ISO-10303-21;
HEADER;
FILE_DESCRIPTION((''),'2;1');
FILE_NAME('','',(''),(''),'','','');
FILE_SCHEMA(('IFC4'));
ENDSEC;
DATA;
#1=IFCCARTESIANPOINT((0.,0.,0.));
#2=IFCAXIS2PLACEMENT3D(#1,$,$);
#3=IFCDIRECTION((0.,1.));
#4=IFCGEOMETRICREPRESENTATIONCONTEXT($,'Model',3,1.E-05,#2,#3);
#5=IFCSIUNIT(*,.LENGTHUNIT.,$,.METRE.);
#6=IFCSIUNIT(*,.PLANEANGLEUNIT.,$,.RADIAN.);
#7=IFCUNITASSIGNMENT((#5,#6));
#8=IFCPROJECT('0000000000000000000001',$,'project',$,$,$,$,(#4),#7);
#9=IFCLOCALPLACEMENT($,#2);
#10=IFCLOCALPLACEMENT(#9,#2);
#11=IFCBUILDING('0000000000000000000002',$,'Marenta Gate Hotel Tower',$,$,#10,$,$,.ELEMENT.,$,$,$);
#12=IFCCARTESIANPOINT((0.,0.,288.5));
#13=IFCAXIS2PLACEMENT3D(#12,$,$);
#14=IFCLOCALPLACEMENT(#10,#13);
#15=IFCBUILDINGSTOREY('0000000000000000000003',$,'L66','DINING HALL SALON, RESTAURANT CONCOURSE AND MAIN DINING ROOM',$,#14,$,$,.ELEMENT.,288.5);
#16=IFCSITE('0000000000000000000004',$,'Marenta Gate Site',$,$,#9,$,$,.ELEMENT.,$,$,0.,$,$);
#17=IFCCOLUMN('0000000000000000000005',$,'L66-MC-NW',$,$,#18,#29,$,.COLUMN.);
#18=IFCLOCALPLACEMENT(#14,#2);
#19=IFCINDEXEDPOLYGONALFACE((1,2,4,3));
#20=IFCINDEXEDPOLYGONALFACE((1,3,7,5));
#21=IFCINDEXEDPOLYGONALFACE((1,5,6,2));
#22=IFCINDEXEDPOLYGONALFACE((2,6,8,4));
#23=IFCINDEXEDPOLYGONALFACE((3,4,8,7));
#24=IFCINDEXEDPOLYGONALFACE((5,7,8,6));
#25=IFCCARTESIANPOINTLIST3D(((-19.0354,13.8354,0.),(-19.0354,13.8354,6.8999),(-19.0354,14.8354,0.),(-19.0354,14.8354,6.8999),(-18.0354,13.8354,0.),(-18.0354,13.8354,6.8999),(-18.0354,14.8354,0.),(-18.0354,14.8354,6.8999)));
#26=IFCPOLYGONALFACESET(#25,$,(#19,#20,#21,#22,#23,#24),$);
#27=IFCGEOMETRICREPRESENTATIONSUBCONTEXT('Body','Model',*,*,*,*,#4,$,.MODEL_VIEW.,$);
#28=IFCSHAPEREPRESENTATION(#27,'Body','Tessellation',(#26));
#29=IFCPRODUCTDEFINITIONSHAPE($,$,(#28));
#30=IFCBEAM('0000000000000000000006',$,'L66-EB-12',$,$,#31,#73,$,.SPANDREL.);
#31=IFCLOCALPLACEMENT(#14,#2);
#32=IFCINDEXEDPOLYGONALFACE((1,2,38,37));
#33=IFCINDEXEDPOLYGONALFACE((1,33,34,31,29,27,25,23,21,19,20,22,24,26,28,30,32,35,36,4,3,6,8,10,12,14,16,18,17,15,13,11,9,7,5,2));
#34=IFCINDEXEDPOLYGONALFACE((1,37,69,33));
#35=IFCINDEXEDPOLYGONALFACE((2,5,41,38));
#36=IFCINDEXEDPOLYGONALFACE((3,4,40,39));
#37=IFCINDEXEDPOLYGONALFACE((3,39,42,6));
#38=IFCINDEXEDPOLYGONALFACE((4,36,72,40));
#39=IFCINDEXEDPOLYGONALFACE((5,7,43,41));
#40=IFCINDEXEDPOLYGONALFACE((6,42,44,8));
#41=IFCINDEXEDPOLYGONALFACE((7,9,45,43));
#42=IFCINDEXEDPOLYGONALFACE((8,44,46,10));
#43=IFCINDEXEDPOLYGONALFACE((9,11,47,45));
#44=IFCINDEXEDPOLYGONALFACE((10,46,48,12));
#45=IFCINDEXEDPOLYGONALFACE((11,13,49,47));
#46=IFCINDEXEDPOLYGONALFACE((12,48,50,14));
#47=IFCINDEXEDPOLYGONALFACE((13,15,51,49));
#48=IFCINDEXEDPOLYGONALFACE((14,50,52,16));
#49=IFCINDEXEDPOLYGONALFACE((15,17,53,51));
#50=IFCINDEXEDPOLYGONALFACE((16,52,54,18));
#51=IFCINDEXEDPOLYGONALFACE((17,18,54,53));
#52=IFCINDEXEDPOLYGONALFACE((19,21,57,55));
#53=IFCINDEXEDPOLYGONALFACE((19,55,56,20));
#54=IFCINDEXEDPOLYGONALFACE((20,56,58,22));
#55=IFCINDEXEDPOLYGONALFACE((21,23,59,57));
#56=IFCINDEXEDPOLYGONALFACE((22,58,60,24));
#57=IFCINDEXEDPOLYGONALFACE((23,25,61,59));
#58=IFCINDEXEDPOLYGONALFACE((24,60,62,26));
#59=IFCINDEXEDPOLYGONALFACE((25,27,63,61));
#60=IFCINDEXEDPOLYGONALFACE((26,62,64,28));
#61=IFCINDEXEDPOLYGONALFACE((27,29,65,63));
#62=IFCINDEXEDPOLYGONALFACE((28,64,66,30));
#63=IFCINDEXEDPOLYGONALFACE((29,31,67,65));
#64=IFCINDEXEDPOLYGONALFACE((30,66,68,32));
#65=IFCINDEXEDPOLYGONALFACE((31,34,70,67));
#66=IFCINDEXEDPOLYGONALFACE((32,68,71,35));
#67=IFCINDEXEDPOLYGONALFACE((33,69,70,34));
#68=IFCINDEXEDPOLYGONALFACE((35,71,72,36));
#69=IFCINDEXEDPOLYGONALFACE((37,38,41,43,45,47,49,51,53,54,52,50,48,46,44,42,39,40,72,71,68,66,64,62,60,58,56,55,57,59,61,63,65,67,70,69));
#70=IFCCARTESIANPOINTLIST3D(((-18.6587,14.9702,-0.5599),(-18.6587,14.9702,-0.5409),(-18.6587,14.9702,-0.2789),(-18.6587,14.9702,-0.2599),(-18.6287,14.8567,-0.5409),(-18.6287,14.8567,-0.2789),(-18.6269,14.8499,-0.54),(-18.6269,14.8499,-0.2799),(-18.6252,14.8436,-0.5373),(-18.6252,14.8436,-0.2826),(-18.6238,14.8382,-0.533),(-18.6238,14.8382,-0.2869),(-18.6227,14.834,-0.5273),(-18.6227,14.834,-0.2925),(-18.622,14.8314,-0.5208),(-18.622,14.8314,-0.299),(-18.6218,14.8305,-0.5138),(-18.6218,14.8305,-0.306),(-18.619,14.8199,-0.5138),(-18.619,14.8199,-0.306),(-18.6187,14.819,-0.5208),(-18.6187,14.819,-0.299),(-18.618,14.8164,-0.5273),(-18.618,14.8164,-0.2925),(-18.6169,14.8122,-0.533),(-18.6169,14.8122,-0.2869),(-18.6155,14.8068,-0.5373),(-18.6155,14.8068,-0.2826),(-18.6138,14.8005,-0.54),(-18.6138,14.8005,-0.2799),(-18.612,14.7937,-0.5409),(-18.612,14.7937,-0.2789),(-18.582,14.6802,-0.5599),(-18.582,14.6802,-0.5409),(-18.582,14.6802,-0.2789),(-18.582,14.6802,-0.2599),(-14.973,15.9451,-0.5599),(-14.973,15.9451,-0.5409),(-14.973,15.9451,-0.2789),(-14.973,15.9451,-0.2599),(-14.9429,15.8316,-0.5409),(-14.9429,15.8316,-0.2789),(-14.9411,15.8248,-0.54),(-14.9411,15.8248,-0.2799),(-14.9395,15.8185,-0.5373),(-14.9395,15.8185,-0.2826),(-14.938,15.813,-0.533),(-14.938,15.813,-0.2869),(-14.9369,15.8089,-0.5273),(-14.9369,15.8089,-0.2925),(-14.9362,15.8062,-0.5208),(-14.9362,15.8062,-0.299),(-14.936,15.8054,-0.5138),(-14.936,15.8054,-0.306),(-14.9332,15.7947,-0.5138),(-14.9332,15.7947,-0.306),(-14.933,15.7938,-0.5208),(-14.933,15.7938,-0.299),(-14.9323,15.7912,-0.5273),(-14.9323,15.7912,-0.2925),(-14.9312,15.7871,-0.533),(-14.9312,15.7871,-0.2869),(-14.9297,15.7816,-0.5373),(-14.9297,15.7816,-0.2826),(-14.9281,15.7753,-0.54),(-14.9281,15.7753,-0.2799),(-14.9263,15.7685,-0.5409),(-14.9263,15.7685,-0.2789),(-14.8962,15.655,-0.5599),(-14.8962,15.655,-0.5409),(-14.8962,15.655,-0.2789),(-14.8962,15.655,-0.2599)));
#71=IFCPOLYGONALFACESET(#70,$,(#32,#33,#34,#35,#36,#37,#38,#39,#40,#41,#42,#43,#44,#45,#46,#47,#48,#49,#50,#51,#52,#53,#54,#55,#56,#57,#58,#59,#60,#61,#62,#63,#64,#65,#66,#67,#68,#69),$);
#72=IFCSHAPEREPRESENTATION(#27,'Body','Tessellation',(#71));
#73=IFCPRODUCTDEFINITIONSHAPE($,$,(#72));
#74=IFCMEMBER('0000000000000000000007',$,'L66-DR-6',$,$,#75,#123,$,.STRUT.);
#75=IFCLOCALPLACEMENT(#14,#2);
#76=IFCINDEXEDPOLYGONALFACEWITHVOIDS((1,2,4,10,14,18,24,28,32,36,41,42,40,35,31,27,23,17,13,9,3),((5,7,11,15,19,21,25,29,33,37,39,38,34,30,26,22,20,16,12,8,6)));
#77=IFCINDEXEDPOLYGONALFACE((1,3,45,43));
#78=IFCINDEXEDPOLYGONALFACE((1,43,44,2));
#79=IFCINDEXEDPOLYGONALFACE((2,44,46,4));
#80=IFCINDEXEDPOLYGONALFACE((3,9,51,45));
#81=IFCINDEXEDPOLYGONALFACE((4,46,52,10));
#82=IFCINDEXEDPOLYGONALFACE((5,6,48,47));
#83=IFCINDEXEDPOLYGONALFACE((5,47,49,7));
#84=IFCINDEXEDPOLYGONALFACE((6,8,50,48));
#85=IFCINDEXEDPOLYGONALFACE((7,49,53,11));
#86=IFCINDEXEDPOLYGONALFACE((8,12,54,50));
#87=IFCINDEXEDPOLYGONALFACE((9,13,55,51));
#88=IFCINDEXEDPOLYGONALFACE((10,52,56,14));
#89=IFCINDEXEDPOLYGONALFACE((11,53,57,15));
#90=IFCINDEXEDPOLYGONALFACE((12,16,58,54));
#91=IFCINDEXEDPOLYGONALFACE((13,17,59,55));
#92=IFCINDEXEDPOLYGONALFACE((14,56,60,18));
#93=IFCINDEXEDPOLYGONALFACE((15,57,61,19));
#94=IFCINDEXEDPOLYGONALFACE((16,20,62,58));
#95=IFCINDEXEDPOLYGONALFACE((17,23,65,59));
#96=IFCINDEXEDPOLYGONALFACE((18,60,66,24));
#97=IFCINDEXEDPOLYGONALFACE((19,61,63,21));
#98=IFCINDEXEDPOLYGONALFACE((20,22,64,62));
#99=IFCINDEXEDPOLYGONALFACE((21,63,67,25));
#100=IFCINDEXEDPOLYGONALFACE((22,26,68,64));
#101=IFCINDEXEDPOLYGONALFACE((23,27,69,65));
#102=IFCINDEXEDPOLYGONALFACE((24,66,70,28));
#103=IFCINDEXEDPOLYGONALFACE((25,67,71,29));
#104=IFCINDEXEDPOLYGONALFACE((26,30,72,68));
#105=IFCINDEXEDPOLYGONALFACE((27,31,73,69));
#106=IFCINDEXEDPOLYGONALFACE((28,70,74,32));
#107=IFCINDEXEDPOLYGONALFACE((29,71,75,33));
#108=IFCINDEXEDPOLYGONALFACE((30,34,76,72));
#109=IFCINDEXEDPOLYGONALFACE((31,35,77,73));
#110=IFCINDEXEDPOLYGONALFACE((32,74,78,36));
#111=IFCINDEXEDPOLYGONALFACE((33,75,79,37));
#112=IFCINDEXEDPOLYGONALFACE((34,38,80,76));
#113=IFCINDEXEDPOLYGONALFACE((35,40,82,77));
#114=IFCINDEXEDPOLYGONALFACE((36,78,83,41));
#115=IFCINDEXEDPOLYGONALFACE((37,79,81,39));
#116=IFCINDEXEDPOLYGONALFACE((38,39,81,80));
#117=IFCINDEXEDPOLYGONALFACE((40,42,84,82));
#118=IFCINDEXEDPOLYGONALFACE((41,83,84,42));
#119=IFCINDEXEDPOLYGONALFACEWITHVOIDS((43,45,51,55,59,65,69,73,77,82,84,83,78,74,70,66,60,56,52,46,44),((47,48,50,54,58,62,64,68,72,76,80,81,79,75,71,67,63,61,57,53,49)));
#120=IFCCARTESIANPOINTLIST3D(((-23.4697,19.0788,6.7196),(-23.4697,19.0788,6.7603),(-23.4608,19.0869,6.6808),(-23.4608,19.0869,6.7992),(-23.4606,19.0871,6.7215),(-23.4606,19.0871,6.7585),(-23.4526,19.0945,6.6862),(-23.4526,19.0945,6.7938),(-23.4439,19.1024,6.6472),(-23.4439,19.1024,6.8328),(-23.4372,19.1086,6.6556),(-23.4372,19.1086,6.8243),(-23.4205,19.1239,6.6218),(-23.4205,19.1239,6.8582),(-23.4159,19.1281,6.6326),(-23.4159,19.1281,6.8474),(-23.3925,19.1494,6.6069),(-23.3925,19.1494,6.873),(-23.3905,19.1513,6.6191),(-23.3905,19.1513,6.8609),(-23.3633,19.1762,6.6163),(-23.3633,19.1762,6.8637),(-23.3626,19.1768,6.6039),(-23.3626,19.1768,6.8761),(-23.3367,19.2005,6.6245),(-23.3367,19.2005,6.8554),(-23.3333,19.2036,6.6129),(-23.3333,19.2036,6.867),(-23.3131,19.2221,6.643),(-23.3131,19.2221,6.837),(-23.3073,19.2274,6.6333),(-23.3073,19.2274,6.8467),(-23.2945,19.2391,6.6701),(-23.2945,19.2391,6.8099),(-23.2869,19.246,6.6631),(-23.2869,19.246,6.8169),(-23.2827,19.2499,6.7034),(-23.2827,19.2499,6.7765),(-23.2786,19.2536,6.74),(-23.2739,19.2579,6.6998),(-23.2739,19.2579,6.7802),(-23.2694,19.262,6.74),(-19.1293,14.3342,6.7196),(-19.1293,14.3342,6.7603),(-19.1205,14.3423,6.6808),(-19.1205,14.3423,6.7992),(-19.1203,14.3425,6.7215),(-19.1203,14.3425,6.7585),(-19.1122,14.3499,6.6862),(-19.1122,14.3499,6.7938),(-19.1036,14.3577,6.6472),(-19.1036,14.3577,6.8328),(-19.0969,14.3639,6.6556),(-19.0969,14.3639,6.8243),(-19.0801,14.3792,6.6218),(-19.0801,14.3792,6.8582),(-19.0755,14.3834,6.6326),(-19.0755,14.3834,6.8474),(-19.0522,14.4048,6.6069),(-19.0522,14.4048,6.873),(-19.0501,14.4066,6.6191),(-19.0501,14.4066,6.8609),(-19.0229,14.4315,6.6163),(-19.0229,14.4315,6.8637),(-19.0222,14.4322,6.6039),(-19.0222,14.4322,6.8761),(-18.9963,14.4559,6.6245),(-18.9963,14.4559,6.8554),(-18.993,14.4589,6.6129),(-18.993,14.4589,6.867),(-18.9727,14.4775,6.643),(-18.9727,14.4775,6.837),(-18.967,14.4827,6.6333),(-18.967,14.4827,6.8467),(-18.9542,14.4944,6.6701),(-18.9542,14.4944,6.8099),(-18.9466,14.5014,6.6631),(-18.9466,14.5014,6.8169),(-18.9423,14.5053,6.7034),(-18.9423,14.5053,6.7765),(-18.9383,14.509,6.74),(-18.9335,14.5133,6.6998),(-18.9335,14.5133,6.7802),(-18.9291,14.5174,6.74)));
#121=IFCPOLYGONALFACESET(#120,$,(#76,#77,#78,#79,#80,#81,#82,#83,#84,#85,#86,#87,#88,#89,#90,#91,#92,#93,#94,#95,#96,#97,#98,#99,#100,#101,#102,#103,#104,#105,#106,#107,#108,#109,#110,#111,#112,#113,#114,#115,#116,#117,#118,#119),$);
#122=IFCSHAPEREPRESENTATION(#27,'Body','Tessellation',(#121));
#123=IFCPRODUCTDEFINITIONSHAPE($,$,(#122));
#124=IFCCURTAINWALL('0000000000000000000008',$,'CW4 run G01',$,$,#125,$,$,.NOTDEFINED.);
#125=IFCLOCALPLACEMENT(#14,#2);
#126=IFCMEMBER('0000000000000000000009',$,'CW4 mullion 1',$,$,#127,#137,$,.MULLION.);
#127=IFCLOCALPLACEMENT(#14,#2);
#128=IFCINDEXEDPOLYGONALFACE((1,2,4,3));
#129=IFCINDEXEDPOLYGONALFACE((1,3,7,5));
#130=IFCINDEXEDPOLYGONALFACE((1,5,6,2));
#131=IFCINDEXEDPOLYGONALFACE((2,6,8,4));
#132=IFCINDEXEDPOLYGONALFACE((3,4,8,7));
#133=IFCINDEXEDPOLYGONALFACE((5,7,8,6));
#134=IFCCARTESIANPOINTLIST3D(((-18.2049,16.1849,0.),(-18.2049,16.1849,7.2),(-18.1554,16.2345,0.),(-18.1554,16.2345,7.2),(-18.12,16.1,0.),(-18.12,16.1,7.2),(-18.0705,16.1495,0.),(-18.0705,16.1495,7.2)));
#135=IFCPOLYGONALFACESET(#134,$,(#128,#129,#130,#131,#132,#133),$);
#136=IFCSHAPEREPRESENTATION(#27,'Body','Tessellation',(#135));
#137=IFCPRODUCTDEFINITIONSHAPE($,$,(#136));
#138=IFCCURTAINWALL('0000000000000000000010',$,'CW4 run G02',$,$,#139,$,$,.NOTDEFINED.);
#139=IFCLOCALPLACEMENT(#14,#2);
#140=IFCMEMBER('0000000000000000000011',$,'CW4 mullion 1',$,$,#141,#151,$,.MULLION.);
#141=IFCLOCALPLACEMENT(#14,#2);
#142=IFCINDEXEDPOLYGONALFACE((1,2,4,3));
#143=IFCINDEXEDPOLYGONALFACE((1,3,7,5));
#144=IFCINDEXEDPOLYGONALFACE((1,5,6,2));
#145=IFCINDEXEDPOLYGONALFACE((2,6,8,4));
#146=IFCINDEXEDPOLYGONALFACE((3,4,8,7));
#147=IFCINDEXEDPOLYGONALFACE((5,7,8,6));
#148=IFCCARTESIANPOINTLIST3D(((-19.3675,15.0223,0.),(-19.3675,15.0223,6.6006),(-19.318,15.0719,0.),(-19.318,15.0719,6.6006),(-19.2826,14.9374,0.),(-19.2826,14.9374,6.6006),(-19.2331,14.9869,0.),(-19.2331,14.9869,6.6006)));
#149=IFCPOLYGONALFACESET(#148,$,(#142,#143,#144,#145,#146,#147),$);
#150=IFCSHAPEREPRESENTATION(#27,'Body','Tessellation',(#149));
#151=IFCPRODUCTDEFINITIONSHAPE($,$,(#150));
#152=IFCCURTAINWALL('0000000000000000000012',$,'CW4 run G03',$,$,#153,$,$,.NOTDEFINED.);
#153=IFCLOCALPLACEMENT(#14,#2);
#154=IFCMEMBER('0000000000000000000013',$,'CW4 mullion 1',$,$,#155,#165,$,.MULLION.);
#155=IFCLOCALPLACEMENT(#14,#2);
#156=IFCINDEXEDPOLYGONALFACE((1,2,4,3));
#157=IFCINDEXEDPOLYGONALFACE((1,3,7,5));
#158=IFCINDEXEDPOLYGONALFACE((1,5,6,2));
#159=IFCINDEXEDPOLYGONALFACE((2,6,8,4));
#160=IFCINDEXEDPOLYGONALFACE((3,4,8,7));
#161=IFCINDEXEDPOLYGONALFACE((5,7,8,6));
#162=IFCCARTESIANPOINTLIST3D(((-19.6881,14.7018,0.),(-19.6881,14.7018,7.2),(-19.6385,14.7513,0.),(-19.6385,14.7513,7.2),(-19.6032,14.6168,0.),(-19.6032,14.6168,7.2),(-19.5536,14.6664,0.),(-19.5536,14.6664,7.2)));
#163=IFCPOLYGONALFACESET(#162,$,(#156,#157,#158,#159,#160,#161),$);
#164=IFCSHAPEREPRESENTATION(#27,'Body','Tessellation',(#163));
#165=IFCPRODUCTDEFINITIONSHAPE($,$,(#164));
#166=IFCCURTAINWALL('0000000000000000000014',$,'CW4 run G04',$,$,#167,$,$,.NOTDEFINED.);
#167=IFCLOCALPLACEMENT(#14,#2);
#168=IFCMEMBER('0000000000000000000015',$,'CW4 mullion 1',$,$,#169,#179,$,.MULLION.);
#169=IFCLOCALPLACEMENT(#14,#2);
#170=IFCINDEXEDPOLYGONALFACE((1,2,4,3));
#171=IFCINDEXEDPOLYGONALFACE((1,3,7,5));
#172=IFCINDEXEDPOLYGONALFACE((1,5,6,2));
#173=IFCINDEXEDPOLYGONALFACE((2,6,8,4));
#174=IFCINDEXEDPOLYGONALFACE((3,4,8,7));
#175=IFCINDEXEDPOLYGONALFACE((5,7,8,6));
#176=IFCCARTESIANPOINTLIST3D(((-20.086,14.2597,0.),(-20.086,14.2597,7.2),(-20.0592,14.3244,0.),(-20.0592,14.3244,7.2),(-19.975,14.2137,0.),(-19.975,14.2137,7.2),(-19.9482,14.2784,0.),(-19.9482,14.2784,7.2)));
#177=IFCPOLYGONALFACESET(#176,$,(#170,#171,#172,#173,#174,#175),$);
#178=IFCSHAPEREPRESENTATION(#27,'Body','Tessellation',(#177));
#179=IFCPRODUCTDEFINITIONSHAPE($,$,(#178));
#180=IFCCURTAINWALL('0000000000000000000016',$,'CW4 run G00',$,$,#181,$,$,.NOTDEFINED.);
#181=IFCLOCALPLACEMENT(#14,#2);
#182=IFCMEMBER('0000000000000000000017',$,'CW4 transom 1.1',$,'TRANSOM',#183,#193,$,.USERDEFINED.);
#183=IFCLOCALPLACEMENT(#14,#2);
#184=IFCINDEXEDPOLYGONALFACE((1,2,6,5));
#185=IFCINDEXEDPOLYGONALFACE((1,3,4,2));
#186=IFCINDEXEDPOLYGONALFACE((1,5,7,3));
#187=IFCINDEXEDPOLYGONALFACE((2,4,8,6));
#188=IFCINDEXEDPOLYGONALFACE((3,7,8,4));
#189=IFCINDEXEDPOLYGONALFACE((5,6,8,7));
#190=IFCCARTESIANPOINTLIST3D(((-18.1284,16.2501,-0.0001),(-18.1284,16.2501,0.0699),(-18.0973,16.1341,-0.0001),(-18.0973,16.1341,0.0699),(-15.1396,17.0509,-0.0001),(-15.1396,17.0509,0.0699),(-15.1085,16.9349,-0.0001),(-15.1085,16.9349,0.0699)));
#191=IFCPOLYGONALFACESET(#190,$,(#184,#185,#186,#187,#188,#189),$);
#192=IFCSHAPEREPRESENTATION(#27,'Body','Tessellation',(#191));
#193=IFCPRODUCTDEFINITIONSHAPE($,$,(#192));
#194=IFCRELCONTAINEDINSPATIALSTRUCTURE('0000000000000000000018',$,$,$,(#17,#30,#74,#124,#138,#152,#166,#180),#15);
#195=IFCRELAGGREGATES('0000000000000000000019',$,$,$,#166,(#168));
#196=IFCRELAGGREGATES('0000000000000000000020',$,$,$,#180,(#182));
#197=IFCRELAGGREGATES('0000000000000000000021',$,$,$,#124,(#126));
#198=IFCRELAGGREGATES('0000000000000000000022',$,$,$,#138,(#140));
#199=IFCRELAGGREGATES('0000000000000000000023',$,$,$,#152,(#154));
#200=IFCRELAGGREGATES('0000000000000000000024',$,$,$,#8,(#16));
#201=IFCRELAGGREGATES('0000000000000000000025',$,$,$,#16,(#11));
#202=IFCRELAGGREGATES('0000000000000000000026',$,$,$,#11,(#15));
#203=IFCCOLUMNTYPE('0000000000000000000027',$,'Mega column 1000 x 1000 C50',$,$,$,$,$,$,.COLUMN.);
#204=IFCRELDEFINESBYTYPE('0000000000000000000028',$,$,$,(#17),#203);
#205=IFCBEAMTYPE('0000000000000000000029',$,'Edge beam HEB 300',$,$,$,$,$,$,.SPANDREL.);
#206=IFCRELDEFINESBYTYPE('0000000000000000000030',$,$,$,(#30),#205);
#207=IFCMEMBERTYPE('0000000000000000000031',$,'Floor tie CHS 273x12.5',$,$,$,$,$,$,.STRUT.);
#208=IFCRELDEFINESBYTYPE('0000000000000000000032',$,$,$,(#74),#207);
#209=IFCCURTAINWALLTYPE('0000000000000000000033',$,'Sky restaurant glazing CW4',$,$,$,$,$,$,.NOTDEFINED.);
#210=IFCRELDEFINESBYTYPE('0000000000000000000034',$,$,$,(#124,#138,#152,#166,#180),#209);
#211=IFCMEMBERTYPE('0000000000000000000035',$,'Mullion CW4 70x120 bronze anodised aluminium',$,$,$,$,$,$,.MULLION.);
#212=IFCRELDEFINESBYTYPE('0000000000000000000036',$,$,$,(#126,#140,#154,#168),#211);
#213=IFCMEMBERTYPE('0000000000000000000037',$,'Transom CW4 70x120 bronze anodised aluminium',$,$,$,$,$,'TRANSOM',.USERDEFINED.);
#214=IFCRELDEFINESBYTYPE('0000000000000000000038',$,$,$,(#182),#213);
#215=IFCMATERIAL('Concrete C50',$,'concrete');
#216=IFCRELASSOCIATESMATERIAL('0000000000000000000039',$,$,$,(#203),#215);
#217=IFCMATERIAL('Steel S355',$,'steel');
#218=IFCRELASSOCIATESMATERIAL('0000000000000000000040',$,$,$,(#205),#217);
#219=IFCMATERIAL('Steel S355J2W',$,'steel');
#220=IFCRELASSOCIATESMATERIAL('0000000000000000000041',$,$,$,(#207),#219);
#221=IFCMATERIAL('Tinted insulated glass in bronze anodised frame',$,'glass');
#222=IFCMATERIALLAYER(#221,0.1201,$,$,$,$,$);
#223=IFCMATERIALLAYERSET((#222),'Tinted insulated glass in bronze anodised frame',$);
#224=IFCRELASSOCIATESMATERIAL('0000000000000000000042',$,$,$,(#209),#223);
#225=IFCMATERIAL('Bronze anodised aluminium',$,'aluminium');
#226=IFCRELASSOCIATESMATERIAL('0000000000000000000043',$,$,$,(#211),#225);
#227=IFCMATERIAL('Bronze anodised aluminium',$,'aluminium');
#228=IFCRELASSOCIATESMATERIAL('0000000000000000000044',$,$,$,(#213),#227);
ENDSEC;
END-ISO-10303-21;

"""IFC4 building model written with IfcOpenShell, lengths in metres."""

from ifc_helpers import new_model, si_unit, direction, frame, origin, origin_2d, place, context, subcontext, project, spatial, rectangle, hollow_circle, i_section, extrude, material, layer, layer_set, material_profile, profile_set, type_object, element, aggregate, save


model = new_model("IFC4")

# Units and contexts
model_context = context("Model", 3, precision=1e-05, world=origin(), true_north=direction((0.0, 1.0)))
body_context = subcontext(model_context, "Body", "Model", "MODEL_VIEW")
ifc_project = project(units=[si_unit("LENGTHUNIT", "METRE"), si_unit("PLANEANGLEUNIT", "RADIAN")], contexts=[model_context])

# Site, building, storey
site_placement = place(None, origin())
site = spatial("IfcSite", under=ifc_project, at=site_placement, Name="Marenta Gate Site", CompositionType="ELEMENT", RefElevation=0.0)
building_placement = place(site_placement, origin())
building = spatial("IfcBuilding", under=site, at=building_placement, Name="Marenta Gate Hotel Tower", CompositionType="ELEMENT")
storey_placement = place(building_placement, frame((0.0, 0.0, 288.5)))
storey = spatial("IfcBuildingStorey", under=building, at=storey_placement, Name="L66", Description="DINING HALL SALON, RESTAURANT CONCOURSE AND MAIN DINING ROOM", CompositionType="ELEMENT", Elevation=288.5)

# Column
ifc_material_1 = material(Name="Concrete C50", Category="concrete")
ifc_material_profile_1 = material_profile(ifc_material_1, rectangle(XDim=1.0, YDim=1.0, at=origin_2d()), Name="1000 x 1000")
ifc_profile_set_1 = profile_set([ifc_material_profile_1], Name="Concrete C50")
column_type = type_object("IfcColumnType", Name="Mega column 1000 x 1000 C50", PredefinedType="COLUMN", material=ifc_profile_set_1)
column_placement = place(storey_placement, frame((-18.5354, 14.3354, 0.0), z_axis=(0.0, 0.0, 1.0), x_axis=(1.0, 0.0, 0.0)))
element("IfcColumn", 1, at=column_placement, inside=storey, type_object=column_type, Name="L66-MC-NW", PredefinedType="COLUMN", context=body_context, shape_type="SweptSolid", body=[
    extrude(rectangle(XDim=1.0, YDim=1.0, at=origin_2d()), origin(), (0.0, 0.0, 1.0), 6.8999),
])

# Beam
ifc_material_2 = material(Name="Steel S355", Category="steel")
ifc_material_profile_2 = material_profile(ifc_material_2, i_section(OverallWidth=0.3, OverallDepth=0.3, WebThickness=0.011, FlangeThickness=0.019, FilletRadius=0.0271, at=origin_2d()), Name="HEB 300")
ifc_profile_set_2 = profile_set([ifc_material_profile_2], Name="Steel S355")
beam_type = type_object("IfcBeamType", Name="Edge beam HEB 300", PredefinedType="SPANDREL", material=ifc_profile_set_2)
beam_placement = place(storey_placement, frame((-18.6204, 14.8252, -0.4099), z_axis=(0.966757, 0.255697, 0.0), x_axis=(-0.255697, 0.966757, 0.0)))
element("IfcBeam", 2, at=beam_placement, inside=storey, type_object=beam_type, Name="L66-EB-12", PredefinedType="SPANDREL", context=body_context, shape_type="SweptSolid", body=[
    extrude(i_section(OverallWidth=0.3, OverallDepth=0.3, WebThickness=0.011, FlangeThickness=0.019, FilletRadius=0.0271, at=origin_2d()), origin(), (0.0, 0.0, 1.0), 3.8125),
])

# Member
ifc_material_3 = material(Name="Steel S355J2W", Category="steel")
ifc_material_profile_3 = material_profile(ifc_material_3, hollow_circle(Radius=0.1365, WallThickness=0.0125, at=origin_2d()), Name="CHS 273x12.5")
ifc_profile_set_3 = profile_set([ifc_material_profile_3], Name="Steel S355J2W")
member_type_1 = type_object("IfcMemberType", Name="Floor tie CHS 273x12.5", PredefinedType="STRUT", material=ifc_profile_set_3)
member_1_placement = place(storey_placement, frame((-23.3701, 19.1699, 6.74), z_axis=(0.674971, -0.737844, 0.0), x_axis=(0.737844, 0.674971, 0.0)))
element("IfcMember", 3, at=member_1_placement, inside=storey, type_object=member_type_1, Name="L66-DR-6", PredefinedType="STRUT", context=body_context, shape_type="SweptSolid", body=[
    extrude(hollow_circle(Radius=0.1365, WallThickness=0.0125, at=origin_2d()), origin(), (0.0, 0.0, 1.0), 6.4304),
])

# Curtain walls, members
ifc_material_4 = material(Name="Tinted insulated glass in bronze anodised frame", Category="glass")
ifc_layer_1 = layer(ifc_material_4, 0.1201)
ifc_layer_set_1 = layer_set([ifc_layer_1], Name="Tinted insulated glass in bronze anodised frame")
curtain_wall_type = type_object("IfcCurtainWallType", Name="Sky restaurant glazing CW4", PredefinedType="NOTDEFINED", material=ifc_layer_set_1)
curtain_wall_1_placement = place(storey_placement, origin())
curtain_wall_1 = element("IfcCurtainWall", 4, at=curtain_wall_1_placement, inside=storey, type_object=curtain_wall_type, Name="CW4 run G01", PredefinedType="NOTDEFINED")
ifc_material_5 = material(Name="Bronze anodised aluminium", Category="aluminium")
ifc_material_profile_4 = material_profile(ifc_material_5, rectangle(XDim=0.1201, YDim=0.0701, at=origin_2d()), Name="Mullion CW4 70x120 bronze anodised aluminium")
ifc_profile_set_4 = profile_set([ifc_material_profile_4], Name="Bronze anodised aluminium")
member_type_2 = type_object("IfcMemberType", Name="Mullion CW4 70x120 bronze anodised aluminium", PredefinedType="MULLION", material=ifc_profile_set_4)
member_2_placement = place(storey_placement, frame((-18.1377, 16.1672, 0.0), z_axis=(0.0, 0.0, 1.0), x_axis=(0.707107, -0.707107, 0.0)))
member_2 = element("IfcMember", 5, at=member_2_placement, type_object=member_type_2, Name="CW4 mullion 1", PredefinedType="MULLION", context=body_context, shape_type="SweptSolid", body=[
    extrude(rectangle(XDim=0.1201, YDim=0.0701, at=origin_2d()), origin(), (0.0, 0.0, 1.0), 7.2),
])
curtain_wall_2_placement = place(storey_placement, origin())
curtain_wall_2 = element("IfcCurtainWall", 6, at=curtain_wall_2_placement, inside=storey, type_object=curtain_wall_type, Name="CW4 run G02", PredefinedType="NOTDEFINED")
member_3_placement = place(storey_placement, frame((-19.3003, 15.0046, 0.0), z_axis=(0.0, 0.0, 1.0), x_axis=(0.707107, -0.707107, 0.0)))
member_3 = element("IfcMember", 7, at=member_3_placement, type_object=member_type_2, Name="CW4 mullion 1", PredefinedType="MULLION", context=body_context, shape_type="SweptSolid", body=[
    extrude(rectangle(XDim=0.1201, YDim=0.0701, at=origin_2d()), origin(), (0.0, 0.0, 1.0), 6.6006),
])
curtain_wall_3_placement = place(storey_placement, origin())
curtain_wall_3 = element("IfcCurtainWall", 8, at=curtain_wall_3_placement, inside=storey, type_object=curtain_wall_type, Name="CW4 run G03", PredefinedType="NOTDEFINED")
member_4_placement = place(storey_placement, frame((-19.6208, 14.6841, 0.0), z_axis=(0.0, 0.0, 1.0), x_axis=(0.707107, -0.707107, 0.0)))
member_4 = element("IfcMember", 9, at=member_4_placement, type_object=member_type_2, Name="CW4 mullion 1", PredefinedType="MULLION", context=body_context, shape_type="SweptSolid", body=[
    extrude(rectangle(XDim=0.1201, YDim=0.0701, at=origin_2d()), origin(), (0.0, 0.0, 1.0), 7.2),
])
curtain_wall_4_placement = place(storey_placement, origin())
curtain_wall_4 = element("IfcCurtainWall", 10, at=curtain_wall_4_placement, inside=storey, type_object=curtain_wall_type, Name="CW4 run G04", PredefinedType="NOTDEFINED")
member_5_placement = place(storey_placement, frame((-20.0171, 14.269, 0.0), z_axis=(0.0, 0.0, 1.0), x_axis=(0.923886, -0.382667, 0.0)))
member_5 = element("IfcMember", 11, at=member_5_placement, type_object=member_type_2, Name="CW4 mullion 1", PredefinedType="MULLION", context=body_context, shape_type="SweptSolid", body=[
    extrude(rectangle(XDim=0.1201, YDim=0.0701, at=origin_2d()), origin(), (0.0, 0.0, 1.0), 7.2),
])

# Curtain wall, member
curtain_wall_5_placement = place(storey_placement, origin())
curtain_wall_5 = element("IfcCurtainWall", 12, at=curtain_wall_5_placement, inside=storey, type_object=curtain_wall_type, Name="CW4 run G00", PredefinedType="NOTDEFINED")
ifc_material_6 = material(Name="Bronze anodised aluminium", Category="aluminium")
ifc_material_profile_5 = material_profile(ifc_material_6, rectangle(XDim=0.1201, YDim=0.0701, at=origin_2d()), Name="Transom CW4 70x120 bronze anodised aluminium")
ifc_profile_set_5 = profile_set([ifc_material_profile_5], Name="Bronze anodised aluminium")
member_type_3 = type_object("IfcMemberType", Name="Transom CW4 70x120 bronze anodised aluminium", ElementType="TRANSOM", PredefinedType="USERDEFINED", material=ifc_profile_set_5)
member_6_placement = place(storey_placement, frame((-15.124, 16.9929, 0.0349), z_axis=(-0.96593, -0.258802, 0.0), x_axis=(0.258802, -0.96593, 0.0)))
member_6 = element("IfcMember", 13, at=member_6_placement, type_object=member_type_3, Name="CW4 transom 1.1", ObjectType="TRANSOM", PredefinedType="USERDEFINED", context=body_context, shape_type="SweptSolid", body=[
    extrude(rectangle(XDim=0.1201, YDim=0.0701, at=origin_2d()), origin(), (0.0, 0.0, 1.0), 3.0942),
])

aggregate(curtain_wall_4, [member_5])

aggregate(curtain_wall_5, [member_6])
aggregate(curtain_wall_1, [member_2])
aggregate(curtain_wall_2, [member_3])
aggregate(curtain_wall_3, [member_4])

save(model, "model.ifc")
